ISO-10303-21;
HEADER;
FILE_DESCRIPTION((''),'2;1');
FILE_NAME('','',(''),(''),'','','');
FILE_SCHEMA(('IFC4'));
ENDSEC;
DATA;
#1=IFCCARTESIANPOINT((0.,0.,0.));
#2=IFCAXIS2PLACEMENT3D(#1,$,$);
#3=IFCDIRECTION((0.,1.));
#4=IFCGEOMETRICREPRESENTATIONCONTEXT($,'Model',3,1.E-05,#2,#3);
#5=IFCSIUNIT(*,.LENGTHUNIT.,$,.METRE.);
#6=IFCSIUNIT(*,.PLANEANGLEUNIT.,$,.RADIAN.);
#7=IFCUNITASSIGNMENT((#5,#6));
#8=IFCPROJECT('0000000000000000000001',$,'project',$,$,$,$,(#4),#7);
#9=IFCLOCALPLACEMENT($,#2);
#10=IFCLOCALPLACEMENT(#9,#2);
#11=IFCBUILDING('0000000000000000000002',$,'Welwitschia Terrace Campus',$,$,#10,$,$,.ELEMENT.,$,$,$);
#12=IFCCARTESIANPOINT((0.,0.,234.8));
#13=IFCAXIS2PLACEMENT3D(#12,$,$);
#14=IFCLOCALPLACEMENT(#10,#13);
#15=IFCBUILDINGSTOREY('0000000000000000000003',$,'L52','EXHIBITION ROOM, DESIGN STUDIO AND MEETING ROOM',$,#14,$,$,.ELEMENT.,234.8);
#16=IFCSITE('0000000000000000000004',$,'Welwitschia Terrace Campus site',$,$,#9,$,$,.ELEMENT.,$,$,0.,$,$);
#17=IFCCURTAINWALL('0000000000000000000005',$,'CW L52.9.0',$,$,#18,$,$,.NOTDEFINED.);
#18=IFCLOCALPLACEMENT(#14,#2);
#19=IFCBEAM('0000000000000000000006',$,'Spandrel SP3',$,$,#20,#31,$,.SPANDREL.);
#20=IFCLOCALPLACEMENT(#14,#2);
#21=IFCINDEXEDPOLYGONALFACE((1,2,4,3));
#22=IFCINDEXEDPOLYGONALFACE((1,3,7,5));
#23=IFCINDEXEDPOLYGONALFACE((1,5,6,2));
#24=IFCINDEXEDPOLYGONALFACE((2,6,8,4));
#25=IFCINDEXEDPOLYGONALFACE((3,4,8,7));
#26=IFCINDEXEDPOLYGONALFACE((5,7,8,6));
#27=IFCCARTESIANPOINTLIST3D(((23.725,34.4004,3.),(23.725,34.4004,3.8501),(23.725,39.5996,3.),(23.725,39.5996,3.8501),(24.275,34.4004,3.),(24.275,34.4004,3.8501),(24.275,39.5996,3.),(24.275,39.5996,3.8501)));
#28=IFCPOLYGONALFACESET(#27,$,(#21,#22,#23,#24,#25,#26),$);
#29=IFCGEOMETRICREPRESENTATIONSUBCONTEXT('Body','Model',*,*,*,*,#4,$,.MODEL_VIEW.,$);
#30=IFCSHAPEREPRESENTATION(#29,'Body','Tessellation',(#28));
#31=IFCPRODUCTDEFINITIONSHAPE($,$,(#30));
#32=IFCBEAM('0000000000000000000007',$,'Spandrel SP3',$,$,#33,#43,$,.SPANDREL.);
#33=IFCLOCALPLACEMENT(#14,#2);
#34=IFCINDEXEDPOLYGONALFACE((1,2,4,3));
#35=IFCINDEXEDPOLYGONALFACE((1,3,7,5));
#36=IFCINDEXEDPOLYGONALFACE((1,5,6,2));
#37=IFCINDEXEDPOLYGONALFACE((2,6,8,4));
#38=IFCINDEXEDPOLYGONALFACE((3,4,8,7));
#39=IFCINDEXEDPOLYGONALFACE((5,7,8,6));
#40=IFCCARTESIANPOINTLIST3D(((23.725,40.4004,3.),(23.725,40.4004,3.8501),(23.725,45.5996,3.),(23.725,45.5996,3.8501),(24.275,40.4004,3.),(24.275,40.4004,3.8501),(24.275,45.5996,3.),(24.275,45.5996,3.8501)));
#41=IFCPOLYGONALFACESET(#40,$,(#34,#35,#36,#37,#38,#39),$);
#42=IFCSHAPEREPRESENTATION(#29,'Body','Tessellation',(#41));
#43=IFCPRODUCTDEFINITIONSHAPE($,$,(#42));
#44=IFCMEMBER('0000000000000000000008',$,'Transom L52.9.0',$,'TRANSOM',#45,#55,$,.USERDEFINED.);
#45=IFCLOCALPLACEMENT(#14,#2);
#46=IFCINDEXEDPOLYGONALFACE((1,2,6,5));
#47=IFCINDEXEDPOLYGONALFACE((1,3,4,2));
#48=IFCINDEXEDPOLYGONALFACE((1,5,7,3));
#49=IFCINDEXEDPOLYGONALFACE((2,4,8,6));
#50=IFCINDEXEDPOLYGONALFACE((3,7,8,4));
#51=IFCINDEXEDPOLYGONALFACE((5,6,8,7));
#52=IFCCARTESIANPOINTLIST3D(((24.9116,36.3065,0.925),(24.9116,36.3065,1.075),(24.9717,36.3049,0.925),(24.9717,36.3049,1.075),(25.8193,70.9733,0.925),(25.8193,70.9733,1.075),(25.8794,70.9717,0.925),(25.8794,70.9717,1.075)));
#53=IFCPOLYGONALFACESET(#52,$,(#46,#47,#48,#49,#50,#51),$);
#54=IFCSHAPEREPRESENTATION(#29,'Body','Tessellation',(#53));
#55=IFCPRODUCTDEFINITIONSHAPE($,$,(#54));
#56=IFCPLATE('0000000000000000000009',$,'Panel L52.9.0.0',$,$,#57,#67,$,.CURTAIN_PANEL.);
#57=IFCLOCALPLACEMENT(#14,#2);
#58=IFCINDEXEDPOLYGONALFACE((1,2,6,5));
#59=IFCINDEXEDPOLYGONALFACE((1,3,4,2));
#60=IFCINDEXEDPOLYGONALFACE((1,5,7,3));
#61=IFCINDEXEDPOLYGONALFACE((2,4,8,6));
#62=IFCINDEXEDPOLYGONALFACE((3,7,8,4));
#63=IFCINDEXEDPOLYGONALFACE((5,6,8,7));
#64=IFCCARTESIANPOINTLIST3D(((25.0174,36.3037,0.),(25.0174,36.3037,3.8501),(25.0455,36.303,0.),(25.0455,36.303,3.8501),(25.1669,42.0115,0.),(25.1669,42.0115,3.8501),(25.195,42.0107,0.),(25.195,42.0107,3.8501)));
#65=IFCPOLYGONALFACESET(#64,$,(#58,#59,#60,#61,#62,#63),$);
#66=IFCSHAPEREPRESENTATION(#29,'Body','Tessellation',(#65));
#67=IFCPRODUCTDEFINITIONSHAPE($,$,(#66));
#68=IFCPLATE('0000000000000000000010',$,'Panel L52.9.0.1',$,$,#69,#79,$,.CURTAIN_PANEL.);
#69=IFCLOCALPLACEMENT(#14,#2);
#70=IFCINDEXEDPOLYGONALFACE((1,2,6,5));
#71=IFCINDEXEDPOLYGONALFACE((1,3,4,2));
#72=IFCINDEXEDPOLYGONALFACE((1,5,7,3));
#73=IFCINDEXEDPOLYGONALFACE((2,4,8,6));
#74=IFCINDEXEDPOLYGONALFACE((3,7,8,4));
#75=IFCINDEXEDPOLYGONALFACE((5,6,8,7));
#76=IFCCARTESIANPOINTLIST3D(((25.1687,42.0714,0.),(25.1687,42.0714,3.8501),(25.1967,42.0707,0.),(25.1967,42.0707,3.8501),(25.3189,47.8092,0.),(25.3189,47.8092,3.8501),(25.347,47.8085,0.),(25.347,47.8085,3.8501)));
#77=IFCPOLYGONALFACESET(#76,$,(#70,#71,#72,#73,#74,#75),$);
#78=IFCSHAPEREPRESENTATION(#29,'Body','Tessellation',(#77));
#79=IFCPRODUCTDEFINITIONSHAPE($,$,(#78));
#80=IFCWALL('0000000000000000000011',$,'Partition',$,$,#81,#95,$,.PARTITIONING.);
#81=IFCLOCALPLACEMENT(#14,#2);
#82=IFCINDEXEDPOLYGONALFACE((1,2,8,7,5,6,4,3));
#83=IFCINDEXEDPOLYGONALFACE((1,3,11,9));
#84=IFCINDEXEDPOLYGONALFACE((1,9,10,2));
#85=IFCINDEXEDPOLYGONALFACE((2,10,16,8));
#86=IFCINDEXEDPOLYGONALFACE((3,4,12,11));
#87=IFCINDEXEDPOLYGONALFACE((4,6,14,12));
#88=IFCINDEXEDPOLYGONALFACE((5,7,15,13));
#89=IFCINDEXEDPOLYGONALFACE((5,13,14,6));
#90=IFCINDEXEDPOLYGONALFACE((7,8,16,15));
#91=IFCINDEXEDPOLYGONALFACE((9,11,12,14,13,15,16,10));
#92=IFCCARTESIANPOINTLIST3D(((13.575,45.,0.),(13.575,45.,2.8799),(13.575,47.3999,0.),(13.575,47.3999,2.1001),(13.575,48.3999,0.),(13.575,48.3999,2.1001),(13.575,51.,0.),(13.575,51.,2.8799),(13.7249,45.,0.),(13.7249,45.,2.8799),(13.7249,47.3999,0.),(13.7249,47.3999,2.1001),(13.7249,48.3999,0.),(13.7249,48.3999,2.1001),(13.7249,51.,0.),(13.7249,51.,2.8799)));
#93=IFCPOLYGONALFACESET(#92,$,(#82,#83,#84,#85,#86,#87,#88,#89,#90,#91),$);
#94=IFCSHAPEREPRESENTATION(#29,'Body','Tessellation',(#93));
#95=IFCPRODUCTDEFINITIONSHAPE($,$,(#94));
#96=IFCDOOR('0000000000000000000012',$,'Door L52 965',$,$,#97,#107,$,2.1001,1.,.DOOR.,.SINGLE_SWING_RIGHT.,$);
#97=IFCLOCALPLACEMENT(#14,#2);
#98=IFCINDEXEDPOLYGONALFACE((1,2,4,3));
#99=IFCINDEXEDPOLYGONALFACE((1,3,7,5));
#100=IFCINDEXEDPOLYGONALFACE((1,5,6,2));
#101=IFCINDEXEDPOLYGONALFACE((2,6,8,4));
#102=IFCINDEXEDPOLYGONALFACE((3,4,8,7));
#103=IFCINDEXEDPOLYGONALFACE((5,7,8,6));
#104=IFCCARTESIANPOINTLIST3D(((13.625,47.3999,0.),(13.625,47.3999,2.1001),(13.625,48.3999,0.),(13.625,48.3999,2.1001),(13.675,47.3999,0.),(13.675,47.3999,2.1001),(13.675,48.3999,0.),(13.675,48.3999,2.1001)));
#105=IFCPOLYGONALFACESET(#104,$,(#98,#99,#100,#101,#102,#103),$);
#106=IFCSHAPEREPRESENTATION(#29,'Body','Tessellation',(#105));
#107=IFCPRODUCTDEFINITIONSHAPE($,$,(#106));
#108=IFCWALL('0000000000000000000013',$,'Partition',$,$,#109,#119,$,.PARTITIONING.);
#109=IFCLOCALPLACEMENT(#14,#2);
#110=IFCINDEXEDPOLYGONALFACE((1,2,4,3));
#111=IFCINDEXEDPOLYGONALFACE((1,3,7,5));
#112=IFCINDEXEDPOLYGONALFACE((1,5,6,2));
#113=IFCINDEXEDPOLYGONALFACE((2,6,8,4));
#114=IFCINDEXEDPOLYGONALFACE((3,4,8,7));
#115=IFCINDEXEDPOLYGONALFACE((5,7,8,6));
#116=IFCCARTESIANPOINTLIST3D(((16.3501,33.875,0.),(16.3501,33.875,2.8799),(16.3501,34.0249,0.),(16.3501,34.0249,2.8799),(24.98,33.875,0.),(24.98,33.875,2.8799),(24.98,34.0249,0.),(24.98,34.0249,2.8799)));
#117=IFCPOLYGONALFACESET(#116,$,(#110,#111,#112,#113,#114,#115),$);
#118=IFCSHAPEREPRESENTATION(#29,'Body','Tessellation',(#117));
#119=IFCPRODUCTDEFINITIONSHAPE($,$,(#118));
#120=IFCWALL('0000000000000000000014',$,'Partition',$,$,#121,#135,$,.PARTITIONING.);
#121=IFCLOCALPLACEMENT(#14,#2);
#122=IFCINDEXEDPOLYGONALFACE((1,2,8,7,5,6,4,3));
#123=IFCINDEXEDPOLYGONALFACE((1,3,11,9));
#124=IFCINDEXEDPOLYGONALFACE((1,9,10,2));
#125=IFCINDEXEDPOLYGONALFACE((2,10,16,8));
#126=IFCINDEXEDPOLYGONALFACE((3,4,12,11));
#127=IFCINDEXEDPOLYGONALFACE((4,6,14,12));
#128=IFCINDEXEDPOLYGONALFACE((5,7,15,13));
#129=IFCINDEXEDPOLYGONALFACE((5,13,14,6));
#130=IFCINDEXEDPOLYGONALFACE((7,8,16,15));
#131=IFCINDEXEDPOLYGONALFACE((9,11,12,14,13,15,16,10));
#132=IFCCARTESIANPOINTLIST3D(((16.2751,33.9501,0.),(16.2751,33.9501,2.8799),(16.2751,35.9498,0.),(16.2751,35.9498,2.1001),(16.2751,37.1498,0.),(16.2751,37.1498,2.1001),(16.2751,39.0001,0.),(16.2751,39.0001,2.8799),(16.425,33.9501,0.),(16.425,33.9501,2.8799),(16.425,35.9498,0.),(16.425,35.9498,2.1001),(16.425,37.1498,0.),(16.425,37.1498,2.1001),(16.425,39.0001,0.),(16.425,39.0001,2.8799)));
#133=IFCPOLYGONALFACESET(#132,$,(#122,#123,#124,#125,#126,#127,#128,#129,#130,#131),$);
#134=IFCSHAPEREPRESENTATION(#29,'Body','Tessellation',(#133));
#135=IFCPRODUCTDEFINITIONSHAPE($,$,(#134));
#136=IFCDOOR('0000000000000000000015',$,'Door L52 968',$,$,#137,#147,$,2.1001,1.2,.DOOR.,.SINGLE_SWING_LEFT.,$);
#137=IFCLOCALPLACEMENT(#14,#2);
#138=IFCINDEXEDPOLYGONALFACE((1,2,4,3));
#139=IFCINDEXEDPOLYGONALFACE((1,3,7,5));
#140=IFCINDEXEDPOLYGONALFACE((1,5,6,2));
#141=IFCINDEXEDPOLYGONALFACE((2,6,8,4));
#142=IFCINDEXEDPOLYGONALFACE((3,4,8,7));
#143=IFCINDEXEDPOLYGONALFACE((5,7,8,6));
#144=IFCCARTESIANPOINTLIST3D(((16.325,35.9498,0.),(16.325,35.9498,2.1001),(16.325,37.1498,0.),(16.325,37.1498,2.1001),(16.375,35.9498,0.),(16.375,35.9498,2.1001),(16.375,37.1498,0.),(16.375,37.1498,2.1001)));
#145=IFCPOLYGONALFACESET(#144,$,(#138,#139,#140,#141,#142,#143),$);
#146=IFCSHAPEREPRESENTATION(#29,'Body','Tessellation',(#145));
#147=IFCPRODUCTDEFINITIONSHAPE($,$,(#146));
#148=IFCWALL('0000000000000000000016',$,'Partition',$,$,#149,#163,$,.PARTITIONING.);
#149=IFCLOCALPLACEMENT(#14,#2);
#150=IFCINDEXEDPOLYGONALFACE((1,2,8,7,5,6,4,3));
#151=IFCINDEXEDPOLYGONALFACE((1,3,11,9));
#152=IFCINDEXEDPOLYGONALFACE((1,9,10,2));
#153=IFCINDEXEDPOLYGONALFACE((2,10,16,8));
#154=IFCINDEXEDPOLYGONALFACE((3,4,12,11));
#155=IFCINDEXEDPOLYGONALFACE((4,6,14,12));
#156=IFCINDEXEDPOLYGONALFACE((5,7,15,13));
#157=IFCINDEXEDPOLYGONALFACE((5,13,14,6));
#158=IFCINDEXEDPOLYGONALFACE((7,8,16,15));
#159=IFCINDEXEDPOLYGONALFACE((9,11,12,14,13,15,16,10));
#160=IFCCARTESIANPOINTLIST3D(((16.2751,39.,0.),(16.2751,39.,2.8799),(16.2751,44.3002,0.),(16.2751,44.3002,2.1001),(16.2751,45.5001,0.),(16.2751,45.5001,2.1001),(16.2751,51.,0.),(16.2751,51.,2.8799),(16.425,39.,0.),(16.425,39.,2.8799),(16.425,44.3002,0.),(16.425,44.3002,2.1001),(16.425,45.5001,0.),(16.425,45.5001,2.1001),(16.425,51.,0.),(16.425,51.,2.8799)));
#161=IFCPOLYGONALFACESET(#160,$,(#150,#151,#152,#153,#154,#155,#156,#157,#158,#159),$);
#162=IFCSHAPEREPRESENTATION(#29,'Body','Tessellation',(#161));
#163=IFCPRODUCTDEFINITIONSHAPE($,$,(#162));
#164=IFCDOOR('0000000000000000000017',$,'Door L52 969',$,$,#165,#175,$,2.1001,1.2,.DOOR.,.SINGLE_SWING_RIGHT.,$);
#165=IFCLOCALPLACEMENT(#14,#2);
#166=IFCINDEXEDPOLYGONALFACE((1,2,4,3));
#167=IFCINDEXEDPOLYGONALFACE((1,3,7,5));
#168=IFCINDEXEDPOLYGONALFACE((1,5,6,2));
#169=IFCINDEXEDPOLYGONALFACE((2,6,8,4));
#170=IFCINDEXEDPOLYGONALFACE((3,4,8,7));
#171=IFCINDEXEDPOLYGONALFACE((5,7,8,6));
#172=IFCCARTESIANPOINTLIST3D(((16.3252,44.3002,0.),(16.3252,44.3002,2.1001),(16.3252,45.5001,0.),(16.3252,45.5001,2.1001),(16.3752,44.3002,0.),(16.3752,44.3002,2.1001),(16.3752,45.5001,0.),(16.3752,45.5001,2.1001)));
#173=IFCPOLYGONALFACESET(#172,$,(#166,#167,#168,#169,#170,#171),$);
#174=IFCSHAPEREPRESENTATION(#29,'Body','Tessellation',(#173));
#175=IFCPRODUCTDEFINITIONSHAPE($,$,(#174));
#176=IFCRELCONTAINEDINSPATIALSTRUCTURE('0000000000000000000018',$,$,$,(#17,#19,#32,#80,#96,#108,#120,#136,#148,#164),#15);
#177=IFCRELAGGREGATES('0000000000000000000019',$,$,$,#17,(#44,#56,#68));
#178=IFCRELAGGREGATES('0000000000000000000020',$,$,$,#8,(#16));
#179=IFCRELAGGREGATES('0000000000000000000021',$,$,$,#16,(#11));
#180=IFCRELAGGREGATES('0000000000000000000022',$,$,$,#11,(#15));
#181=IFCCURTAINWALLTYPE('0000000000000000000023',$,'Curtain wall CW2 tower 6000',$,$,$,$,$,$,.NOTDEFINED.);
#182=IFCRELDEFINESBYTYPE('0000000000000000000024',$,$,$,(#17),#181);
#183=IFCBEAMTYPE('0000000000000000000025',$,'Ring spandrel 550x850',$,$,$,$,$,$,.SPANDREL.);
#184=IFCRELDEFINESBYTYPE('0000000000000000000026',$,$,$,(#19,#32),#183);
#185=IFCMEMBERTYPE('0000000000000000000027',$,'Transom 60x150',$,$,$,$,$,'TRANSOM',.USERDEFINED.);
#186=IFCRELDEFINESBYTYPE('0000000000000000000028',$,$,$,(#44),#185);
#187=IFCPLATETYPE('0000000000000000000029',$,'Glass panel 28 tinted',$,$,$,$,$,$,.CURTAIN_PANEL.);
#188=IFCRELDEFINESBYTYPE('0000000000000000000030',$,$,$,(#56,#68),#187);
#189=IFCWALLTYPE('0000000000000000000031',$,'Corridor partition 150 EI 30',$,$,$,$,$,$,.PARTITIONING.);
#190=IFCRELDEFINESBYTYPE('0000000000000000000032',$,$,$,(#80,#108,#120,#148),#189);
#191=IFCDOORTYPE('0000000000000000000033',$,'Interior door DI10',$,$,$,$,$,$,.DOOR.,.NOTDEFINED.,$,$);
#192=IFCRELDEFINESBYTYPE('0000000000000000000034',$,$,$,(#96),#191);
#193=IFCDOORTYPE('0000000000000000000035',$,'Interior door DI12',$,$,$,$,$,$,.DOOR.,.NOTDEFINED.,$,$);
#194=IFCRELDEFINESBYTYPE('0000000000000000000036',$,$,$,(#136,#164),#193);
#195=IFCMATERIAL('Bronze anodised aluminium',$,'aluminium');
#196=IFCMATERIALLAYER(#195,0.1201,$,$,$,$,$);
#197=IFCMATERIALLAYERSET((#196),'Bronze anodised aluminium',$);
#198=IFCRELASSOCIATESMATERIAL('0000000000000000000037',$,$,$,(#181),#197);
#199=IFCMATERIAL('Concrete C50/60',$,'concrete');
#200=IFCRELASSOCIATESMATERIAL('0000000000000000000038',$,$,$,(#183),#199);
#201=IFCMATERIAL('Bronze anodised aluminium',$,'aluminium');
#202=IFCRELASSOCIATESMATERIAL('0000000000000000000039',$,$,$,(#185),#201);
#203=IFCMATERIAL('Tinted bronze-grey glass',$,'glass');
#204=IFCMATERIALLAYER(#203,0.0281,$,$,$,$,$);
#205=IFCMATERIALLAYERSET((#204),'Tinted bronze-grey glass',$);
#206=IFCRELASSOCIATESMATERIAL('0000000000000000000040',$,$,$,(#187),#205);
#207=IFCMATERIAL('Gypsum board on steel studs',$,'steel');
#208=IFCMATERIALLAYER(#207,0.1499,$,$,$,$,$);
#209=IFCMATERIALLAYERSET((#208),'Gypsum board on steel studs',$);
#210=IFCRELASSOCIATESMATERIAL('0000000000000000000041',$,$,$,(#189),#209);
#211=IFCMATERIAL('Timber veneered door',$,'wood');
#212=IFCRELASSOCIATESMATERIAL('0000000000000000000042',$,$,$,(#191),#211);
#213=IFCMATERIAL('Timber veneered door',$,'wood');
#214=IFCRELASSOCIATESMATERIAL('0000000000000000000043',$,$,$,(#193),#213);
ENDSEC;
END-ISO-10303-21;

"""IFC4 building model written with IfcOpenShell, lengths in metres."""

from ifc_helpers import new_model, si_unit, direction, frame, frame_2d, origin, origin_2d, place, context, subcontext, project, spatial, rectangle, extrude, material, layer, layer_set, material_profile, profile_set, type_object, element, fill, aggregate, save


model = new_model("IFC4")

# Units and contexts
model_context = context("Model", 3, precision=1e-05, world=origin(), true_north=direction((0.0, 1.0)))
body_context = subcontext(model_context, "Body", "Model", "MODEL_VIEW")
ifc_project = project(units=[si_unit("LENGTHUNIT", "METRE"), si_unit("PLANEANGLEUNIT", "RADIAN")], contexts=[model_context])

# Site, building, storey
site_placement = place(None, origin())
site = spatial("IfcSite", under=ifc_project, at=site_placement, Name="Welwitschia Terrace Campus site", CompositionType="ELEMENT", RefElevation=0.0)
building_placement = place(site_placement, origin())
building = spatial("IfcBuilding", under=site, at=building_placement, Name="Welwitschia Terrace Campus", CompositionType="ELEMENT")
storey_placement = place(building_placement, frame((0.0, 0.0, 234.8)))
storey = spatial("IfcBuildingStorey", under=building, at=storey_placement, Name="L52", Description="EXHIBITION ROOM, DESIGN STUDIO AND MEETING ROOM", CompositionType="ELEMENT", Elevation=234.8)

# Shared definitions
ifc_material_1 = material(Name="Bronze anodised aluminium", Category="aluminium")
ifc_layer_1 = layer(ifc_material_1, 0.1201)
ifc_layer_set_1 = layer_set([ifc_layer_1], Name="Bronze anodised aluminium")
curtain_wall_type = type_object("IfcCurtainWallType", Name="Curtain wall CW2 tower 6000", PredefinedType="NOTDEFINED", material=ifc_layer_set_1)

# Curtain wall
curtain_wall_1_placement = place(storey_placement, origin())
curtain_wall_1 = element("IfcCurtainWall", 1, at=curtain_wall_1_placement, inside=storey, type_object=curtain_wall_type, Name="CW L52.9.0", PredefinedType="NOTDEFINED")

# Beams
ifc_material_2 = material(Name="Concrete C50/60", Category="concrete")
ifc_material_profile_1 = material_profile(ifc_material_2, rectangle(XDim=0.55, YDim=0.8501, at=origin_2d()))
ifc_profile_set_1 = profile_set([ifc_material_profile_1], Name="Concrete C50/60")
beam_type_1 = type_object("IfcBeamType", Name="Ring spandrel 550x850", PredefinedType="SPANDREL", material=ifc_profile_set_1)
for number, where, z_axis, x_axis, name in (
    (2, (24.0, 34.4004, 3.425), (0.0, 1.0, 0.0), (-1.0, 0.0, 0.0), "Spandrel SP3"),
    (3, (24.0, 40.4004, 3.425), (0.0, 1.0, 0.0), (-1.0, 0.0, 0.0), "Spandrel SP3"),
):
    element("IfcBeam", number, at=place(storey_placement, frame(where, z_axis=z_axis, x_axis=x_axis)), inside=storey, type_object=beam_type_1, Name=name, PredefinedType="SPANDREL", context=body_context, shape_type="SweptSolid", body=[
        extrude(rectangle(XDim=0.55, YDim=0.8501, at=origin_2d()), origin(), (0.0, 0.0, 1.0), 5.1992),
    ])

# Member
ifc_material_3 = material(Name="Bronze anodised aluminium", Category="aluminium")
ifc_material_profile_2 = material_profile(ifc_material_3, rectangle(XDim=0.0601, YDim=0.1499, at=origin_2d()))
ifc_profile_set_2 = profile_set([ifc_material_profile_2], Name="Bronze anodised aluminium")
member_type_1 = type_object("IfcMemberType", Name="Transom 60x150", ElementType="TRANSOM", PredefinedType="USERDEFINED", material=ifc_profile_set_2)
member_1_placement = place(storey_placement, frame((24.9417, 36.3057, 1.0), z_axis=(0.026175, 0.999657, 0.0), x_axis=(-0.999657, 0.026175, 0.0)))
member_1 = element("IfcMember", 4, at=member_1_placement, type_object=member_type_1, Name="Transom L52.9.0", ObjectType="TRANSOM", PredefinedType="USERDEFINED", context=body_context, shape_type="SweptSolid", body=[
    extrude(rectangle(XDim=0.0601, YDim=0.1499, at=origin_2d()), origin(), (0.0, 0.0, 1.0), 34.6787),
])

# Plates
ifc_material_4 = material(Name="Tinted bronze-grey glass", Category="glass")
ifc_layer_2 = layer(ifc_material_4, 0.0281)
ifc_layer_set_2 = layer_set([ifc_layer_2], Name="Tinted bronze-grey glass")
plate_type = type_object("IfcPlateType", Name="Glass panel 28 tinted", PredefinedType="CURTAIN_PANEL", material=ifc_layer_set_2)
plate_1_placement = place(storey_placement, frame((25.1062, 39.1572, 0.0), z_axis=(0.0, 0.0, 1.0), x_axis=(0.026177, 0.999657, 0.0)))
plate_1 = element("IfcPlate", 5, at=plate_1_placement, type_object=plate_type, Name="Panel L52.9.0.0", PredefinedType="CURTAIN_PANEL", context=body_context, shape_type="SweptSolid", body=[
    extrude(rectangle(XDim=5.7097, YDim=0.0281, at=origin_2d()), origin(), (0.0, 0.0, 1.0), 3.8501),
])
plate_2_placement = place(storey_placement, frame((25.2578, 44.9399, 0.0), z_axis=(0.0, 0.0, 1.0), x_axis=(0.026177, 0.999657, 0.0)))
plate_2 = element("IfcPlate", 6, at=plate_2_placement, type_object=plate_type, Name="Panel L52.9.0.1", PredefinedType="CURTAIN_PANEL", context=body_context, shape_type="SweptSolid", body=[
    extrude(rectangle(XDim=5.7397, YDim=0.0281, at=origin_2d()), origin(), (0.0, 0.0, 1.0), 3.8501),
])
aggregate(curtain_wall_1, [member_1, plate_1, plate_2])

# Wall, opening, door
ifc_material_5 = material(Name="Gypsum board on steel studs", Category="steel")
ifc_layer_3 = layer(ifc_material_5, 0.1499)
ifc_layer_set_3 = layer_set([ifc_layer_3], Name="Gypsum board on steel studs")
wall_type = type_object("IfcWallType", Name="Corridor partition 150 EI 30", PredefinedType="PARTITIONING", material=ifc_layer_set_3)
wall_1_placement = place(storey_placement, frame((13.6499, 45.0, 0.0), z_axis=(0.0, 0.0, 1.0), x_axis=(0.0, 1.0, 0.0)))
wall_1 = element("IfcWall", 7, at=wall_1_placement, inside=storey, type_object=wall_type, Name="Partition", PredefinedType="PARTITIONING", context=body_context, shape_type="SweptSolid", body=[
    extrude(rectangle(XDim=6.0, YDim=0.1499, at=frame_2d((3.0, 0.0))), origin(), (0.0, 0.0, 1.0), 2.8799),
])
opening_1_placement = place(wall_1_placement, frame((2.3999, 0.0, 0.0)))
opening_1 = element("IfcOpeningElement", 8, at=opening_1_placement, cuts=wall_1, PredefinedType="OPENING", context=body_context, shape_type="SweptSolid", body=[
    extrude(rectangle(XDim=1.0, YDim=2.1001, at=frame_2d((0.5, 1.05))), frame((0.0, 0.085, 0.0), z_axis=(0.0, -1.0, 0.0), x_axis=(1.0, 0.0, 0.0)), (0.0, 0.0, 1.0), 0.1699),
])
ifc_material_6 = material(Name="Timber veneered door", Category="wood")
door_type_1 = type_object("IfcDoorType", Name="Interior door DI10", OperationType="NOTDEFINED", PredefinedType="DOOR", material=ifc_material_6)
door_1_placement = place(opening_1_placement, origin())
door_1 = element("IfcDoor", 9, at=door_1_placement, inside=storey, type_object=door_type_1, Name="Door L52 965", OperationType="SINGLE_SWING_RIGHT", OverallHeight=2.1001, OverallWidth=1.0, PredefinedType="DOOR", context=body_context, shape_type="SweptSolid", body=[
    extrude(rectangle(XDim=1.0, YDim=2.1001, at=frame_2d((0.5, 1.05))), frame((0.0, 0.0249, 0.0), z_axis=(0.0, -1.0, 0.0), x_axis=(1.0, 0.0, 0.0)), (0.0, 0.0, 1.0), 0.05),
])
fill(opening_1, door_1)

# Wall
wall_2_placement = place(storey_placement, frame((16.3501, 33.95, 0.0), z_axis=(0.0, 0.0, 1.0), x_axis=(1.0, 0.0, 0.0)))
element("IfcWall", 10, at=wall_2_placement, inside=storey, type_object=wall_type, Name="Partition", PredefinedType="PARTITIONING", context=body_context, shape_type="SweptSolid", body=[
    extrude(rectangle(XDim=8.6299, YDim=0.1499, at=frame_2d((4.3149, 0.0))), origin(), (0.0, 0.0, 1.0), 2.8799),
])

# Walls, openings, doors
wall_3_placement = place(storey_placement, frame((16.3501, 39.0, 0.0), z_axis=(0.0, 0.0, 1.0), x_axis=(0.0, -1.0, 0.0)))
wall_3 = element("IfcWall", 11, at=wall_3_placement, inside=storey, type_object=wall_type, Name="Partition", PredefinedType="PARTITIONING", context=body_context, shape_type="SweptSolid", body=[
    extrude(rectangle(XDim=5.05, YDim=0.1499, at=frame_2d((2.5249, 0.0))), origin(), (0.0, 0.0, 1.0), 2.8799),
])
opening_2_placement = place(wall_3_placement, frame((1.8501, 0.0, 0.0)))
opening_2 = element("IfcOpeningElement", 12, at=opening_2_placement, cuts=wall_3, PredefinedType="OPENING", context=body_context, shape_type="SweptSolid", body=[
    extrude(rectangle(XDim=1.2, YDim=2.1001, at=frame_2d((0.6001, 1.05))), frame((0.0, 0.085, 0.0), z_axis=(0.0, -1.0, 0.0), x_axis=(1.0, 0.0, 0.0)), (0.0, 0.0, 1.0), 0.1699),
])
ifc_material_7 = material(Name="Timber veneered door", Category="wood")
door_type_2 = type_object("IfcDoorType", Name="Interior door DI12", OperationType="NOTDEFINED", PredefinedType="DOOR", material=ifc_material_7)
door_2_placement = place(opening_2_placement, origin())
door_2 = element("IfcDoor", 13, at=door_2_placement, inside=storey, type_object=door_type_2, Name="Door L52 968", OperationType="SINGLE_SWING_LEFT", OverallHeight=2.1001, OverallWidth=1.2, PredefinedType="DOOR", context=body_context, shape_type="SweptSolid", body=[
    extrude(rectangle(XDim=1.2, YDim=2.1001, at=frame_2d((0.6001, 1.05))), frame((0.0, 0.0249, 0.0), z_axis=(0.0, -1.0, 0.0), x_axis=(1.0, 0.0, 0.0)), (0.0, 0.0, 1.0), 0.05),
])
fill(opening_2, door_2)
wall_4_placement = place(storey_placement, frame((16.3501, 39.0, 0.0), z_axis=(0.0, 0.0, 1.0), x_axis=(0.0, 1.0, 0.0)))
wall_4 = element("IfcWall", 14, at=wall_4_placement, inside=storey, type_object=wall_type, Name="Partition", PredefinedType="PARTITIONING", context=body_context, shape_type="SweptSolid", body=[
    extrude(rectangle(XDim=12.0, YDim=0.1499, at=frame_2d((6.0, 0.0))), origin(), (0.0, 0.0, 1.0), 2.8799),
])
opening_3_placement = place(wall_4_placement, frame((5.3, 0.0, 0.0)))
opening_3 = element("IfcOpeningElement", 15, at=opening_3_placement, cuts=wall_4, PredefinedType="OPENING", context=body_context, shape_type="SweptSolid", body=[
    extrude(rectangle(XDim=1.2, YDim=2.1001, at=frame_2d((0.6001, 1.05))), frame((0.0, 0.085, 0.0), z_axis=(0.0, -1.0, 0.0), x_axis=(1.0, 0.0, 0.0)), (0.0, 0.0, 1.0), 0.1699),
])
door_3_placement = place(opening_3_placement, origin())
door_3 = element("IfcDoor", 16, at=door_3_placement, inside=storey, type_object=door_type_2, Name="Door L52 969", OperationType="SINGLE_SWING_RIGHT", OverallHeight=2.1001, OverallWidth=1.2, PredefinedType="DOOR", context=body_context, shape_type="SweptSolid", body=[
    extrude(rectangle(XDim=1.2, YDim=2.1001, at=frame_2d((0.6001, 1.05))), frame((0.0, 0.0249, 0.0), z_axis=(0.0, -1.0, 0.0), x_axis=(1.0, 0.0, 0.0)), (0.0, 0.0, 1.0), 0.05),
])
fill(opening_3, door_3)

save(model, "model.ifc")
